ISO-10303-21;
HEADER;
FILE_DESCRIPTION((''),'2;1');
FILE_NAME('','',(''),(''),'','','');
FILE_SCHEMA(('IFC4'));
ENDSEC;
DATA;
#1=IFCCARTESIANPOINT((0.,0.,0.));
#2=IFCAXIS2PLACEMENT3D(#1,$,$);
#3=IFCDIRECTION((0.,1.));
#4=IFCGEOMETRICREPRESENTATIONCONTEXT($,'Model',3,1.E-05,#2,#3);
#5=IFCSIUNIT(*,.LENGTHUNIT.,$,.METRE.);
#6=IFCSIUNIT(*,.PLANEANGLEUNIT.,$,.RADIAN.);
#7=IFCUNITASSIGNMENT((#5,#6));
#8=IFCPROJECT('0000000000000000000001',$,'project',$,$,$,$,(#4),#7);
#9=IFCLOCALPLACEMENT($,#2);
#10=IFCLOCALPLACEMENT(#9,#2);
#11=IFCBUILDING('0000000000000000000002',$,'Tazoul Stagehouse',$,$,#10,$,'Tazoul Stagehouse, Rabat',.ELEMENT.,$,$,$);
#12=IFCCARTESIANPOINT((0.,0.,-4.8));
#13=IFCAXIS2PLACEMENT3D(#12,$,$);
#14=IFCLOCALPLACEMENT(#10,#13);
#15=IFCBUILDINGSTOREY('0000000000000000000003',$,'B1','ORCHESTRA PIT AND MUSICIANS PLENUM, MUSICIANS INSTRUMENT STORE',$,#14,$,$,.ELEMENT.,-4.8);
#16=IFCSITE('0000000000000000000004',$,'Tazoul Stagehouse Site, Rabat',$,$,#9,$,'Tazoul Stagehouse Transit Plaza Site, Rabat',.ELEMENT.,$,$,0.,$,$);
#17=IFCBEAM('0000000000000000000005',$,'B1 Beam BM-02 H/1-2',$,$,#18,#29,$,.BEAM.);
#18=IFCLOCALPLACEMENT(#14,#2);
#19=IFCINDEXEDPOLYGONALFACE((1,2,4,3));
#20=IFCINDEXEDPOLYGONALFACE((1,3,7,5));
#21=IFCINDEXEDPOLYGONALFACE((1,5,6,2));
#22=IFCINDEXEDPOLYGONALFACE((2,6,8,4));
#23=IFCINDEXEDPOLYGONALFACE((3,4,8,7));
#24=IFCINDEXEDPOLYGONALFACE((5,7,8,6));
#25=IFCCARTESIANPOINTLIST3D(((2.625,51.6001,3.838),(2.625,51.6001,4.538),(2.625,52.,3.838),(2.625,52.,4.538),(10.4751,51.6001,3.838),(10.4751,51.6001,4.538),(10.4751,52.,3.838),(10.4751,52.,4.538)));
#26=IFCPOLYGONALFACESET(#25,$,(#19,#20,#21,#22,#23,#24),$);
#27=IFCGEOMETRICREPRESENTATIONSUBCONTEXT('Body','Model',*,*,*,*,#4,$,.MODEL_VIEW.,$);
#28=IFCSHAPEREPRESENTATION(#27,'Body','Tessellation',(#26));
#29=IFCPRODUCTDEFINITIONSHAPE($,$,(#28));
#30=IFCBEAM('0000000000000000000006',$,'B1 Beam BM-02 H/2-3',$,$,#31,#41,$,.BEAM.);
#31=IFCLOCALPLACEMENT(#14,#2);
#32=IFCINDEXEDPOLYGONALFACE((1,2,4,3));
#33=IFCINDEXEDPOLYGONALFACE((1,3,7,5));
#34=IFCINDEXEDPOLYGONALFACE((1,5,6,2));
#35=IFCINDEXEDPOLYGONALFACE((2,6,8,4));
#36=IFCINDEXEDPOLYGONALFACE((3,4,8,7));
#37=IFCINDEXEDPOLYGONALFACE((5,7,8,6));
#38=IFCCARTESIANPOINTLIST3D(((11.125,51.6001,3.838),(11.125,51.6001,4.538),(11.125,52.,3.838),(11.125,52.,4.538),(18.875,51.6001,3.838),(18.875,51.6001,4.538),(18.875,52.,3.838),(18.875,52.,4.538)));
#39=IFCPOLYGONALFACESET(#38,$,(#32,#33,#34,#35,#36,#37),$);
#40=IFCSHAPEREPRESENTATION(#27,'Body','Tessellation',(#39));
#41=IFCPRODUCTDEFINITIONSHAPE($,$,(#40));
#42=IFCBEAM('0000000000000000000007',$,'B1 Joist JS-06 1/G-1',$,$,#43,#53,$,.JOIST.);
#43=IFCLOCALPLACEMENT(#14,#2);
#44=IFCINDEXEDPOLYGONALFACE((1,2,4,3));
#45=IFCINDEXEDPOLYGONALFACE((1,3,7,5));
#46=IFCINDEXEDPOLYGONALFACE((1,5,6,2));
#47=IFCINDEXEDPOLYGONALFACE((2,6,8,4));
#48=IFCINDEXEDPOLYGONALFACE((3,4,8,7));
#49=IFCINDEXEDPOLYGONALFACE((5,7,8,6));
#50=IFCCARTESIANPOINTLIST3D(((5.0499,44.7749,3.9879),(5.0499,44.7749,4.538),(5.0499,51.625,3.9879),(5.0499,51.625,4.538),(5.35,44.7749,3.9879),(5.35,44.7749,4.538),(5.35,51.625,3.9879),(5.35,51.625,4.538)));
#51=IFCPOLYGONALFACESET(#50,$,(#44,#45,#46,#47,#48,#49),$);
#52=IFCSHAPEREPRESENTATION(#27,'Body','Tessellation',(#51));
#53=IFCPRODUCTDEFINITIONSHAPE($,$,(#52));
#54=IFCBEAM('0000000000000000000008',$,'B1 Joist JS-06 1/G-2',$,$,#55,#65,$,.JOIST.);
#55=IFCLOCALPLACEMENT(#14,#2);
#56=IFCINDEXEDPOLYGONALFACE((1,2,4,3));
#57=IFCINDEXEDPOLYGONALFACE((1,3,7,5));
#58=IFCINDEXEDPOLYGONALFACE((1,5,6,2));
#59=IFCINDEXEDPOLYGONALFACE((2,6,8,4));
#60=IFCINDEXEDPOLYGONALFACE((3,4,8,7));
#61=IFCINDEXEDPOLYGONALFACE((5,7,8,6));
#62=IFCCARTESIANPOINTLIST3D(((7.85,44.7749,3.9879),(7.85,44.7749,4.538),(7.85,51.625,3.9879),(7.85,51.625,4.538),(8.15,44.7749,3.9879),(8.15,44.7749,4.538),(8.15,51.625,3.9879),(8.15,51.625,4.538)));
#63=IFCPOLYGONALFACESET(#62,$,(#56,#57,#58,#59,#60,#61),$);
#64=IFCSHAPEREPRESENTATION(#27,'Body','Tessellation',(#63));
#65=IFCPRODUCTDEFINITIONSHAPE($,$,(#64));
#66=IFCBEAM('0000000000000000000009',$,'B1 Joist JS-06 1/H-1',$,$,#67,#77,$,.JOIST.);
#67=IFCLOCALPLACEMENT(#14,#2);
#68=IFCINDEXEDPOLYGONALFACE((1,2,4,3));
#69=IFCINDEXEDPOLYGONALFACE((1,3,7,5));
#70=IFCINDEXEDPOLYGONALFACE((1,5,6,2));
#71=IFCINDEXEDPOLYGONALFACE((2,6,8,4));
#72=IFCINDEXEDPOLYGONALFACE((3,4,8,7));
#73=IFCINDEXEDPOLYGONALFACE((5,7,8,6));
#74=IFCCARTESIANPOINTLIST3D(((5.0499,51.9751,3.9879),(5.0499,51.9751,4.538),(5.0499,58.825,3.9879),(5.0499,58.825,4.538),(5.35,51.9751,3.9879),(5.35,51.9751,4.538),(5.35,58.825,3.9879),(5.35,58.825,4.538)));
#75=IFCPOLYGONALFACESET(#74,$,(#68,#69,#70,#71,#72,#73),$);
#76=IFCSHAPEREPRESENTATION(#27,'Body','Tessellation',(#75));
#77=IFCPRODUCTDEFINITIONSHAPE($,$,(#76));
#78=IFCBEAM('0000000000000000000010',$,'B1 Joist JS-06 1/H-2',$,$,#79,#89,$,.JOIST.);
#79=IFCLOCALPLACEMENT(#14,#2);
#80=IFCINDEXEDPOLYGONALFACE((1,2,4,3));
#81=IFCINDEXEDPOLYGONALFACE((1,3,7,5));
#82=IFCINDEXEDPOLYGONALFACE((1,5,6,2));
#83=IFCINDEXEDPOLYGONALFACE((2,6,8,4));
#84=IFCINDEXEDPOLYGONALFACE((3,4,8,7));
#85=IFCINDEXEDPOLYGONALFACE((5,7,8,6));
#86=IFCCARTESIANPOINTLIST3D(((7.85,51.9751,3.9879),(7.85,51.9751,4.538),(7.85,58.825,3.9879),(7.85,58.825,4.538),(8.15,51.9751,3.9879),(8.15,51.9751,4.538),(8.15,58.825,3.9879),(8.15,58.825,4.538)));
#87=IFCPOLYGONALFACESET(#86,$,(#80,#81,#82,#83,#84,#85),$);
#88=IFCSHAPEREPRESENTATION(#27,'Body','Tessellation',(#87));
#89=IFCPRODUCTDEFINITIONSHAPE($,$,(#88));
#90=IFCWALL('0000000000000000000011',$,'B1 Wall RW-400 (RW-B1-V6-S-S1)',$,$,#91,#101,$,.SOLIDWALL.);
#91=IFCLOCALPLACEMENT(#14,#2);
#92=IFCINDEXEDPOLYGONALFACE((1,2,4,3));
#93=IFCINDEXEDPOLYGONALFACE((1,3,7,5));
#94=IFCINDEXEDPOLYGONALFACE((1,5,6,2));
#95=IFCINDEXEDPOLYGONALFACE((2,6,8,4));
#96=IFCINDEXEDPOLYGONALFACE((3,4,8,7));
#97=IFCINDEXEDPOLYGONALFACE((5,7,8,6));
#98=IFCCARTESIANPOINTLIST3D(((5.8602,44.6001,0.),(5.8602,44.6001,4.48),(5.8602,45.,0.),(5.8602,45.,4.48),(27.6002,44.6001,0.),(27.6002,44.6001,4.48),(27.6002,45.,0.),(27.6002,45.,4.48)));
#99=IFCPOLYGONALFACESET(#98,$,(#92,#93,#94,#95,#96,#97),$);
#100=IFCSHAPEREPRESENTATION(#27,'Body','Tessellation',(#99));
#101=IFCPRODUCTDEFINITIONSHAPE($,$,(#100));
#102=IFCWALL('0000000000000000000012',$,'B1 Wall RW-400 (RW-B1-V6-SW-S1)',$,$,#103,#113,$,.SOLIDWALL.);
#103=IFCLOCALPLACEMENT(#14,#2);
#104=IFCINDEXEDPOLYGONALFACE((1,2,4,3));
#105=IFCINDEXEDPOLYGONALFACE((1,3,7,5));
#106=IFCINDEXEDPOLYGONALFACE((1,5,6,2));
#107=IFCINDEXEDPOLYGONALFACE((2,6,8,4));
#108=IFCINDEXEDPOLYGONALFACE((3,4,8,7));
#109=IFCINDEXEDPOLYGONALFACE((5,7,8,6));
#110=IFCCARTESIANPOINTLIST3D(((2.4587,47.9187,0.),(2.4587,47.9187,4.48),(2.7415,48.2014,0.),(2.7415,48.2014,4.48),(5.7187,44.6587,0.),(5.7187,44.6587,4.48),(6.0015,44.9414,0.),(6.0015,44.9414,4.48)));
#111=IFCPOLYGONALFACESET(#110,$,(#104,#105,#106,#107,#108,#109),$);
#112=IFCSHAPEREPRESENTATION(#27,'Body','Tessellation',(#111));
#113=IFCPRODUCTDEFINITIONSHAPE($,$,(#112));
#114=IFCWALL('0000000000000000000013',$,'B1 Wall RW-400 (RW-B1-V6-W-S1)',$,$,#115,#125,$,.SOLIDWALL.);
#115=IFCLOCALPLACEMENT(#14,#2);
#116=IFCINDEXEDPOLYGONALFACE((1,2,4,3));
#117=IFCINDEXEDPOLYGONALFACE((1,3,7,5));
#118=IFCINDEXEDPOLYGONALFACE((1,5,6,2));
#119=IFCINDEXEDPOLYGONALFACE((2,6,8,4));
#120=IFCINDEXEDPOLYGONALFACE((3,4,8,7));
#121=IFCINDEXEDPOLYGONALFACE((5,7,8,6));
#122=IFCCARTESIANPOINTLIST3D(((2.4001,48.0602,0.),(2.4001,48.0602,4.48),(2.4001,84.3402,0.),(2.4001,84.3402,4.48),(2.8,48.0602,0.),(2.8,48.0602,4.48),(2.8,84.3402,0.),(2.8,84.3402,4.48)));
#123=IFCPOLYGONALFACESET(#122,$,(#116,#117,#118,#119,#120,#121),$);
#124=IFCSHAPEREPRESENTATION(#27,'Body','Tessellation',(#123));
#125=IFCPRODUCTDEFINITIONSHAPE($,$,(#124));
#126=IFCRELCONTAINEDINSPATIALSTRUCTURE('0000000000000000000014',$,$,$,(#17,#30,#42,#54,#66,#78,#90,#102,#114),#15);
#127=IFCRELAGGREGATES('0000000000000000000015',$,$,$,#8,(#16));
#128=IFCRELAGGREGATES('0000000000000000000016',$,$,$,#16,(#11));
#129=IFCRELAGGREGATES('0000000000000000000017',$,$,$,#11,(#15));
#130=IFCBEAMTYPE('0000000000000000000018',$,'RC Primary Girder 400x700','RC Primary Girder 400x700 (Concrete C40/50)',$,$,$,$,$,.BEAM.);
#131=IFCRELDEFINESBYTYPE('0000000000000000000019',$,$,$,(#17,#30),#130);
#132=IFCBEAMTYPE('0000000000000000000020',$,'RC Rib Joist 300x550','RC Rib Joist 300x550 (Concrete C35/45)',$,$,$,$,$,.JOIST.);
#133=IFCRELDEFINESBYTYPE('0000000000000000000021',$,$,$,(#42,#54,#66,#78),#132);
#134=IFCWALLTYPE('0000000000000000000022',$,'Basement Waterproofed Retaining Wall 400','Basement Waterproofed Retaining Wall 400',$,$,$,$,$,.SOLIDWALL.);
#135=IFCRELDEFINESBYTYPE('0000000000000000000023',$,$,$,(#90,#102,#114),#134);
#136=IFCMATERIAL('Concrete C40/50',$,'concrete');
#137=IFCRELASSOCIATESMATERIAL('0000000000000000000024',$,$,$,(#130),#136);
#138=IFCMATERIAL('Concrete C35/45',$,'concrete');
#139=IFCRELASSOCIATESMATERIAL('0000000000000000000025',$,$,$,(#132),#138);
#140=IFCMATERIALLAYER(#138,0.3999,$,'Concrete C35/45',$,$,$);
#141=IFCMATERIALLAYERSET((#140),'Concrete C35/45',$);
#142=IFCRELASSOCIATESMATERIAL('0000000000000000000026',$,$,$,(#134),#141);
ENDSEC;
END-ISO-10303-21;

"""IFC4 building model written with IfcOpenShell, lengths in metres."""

from ifc_helpers import new_model, si_unit, direction, frame, frame_2d, origin, origin_2d, place, context, subcontext, project, spatial, rectangle, extrude, material, layer, layer_set, material_profile, profile_set, type_object, element, save


model = new_model("IFC4")

# Units and contexts
model_context = context("Model", 3, precision=1e-05, world=origin(), true_north=direction((0.0, 1.0)))
body_context = subcontext(model_context, "Body", "Model", "MODEL_VIEW")
ifc_project = project(units=[si_unit("LENGTHUNIT", "METRE"), si_unit("PLANEANGLEUNIT", "RADIAN")], contexts=[model_context])

# Site, building, storey
site_placement = place(None, origin())
site = spatial("IfcSite", under=ifc_project, at=site_placement, Name="Tazoul Stagehouse Site, Rabat", LongName="Tazoul Stagehouse Transit Plaza Site, Rabat", CompositionType="ELEMENT", RefElevation=0.0)
building_placement = place(site_placement, origin())
building = spatial("IfcBuilding", under=site, at=building_placement, Name="Tazoul Stagehouse", LongName="Tazoul Stagehouse, Rabat", CompositionType="ELEMENT")
storey_placement = place(building_placement, frame((0.0, 0.0, -4.8)))
storey = spatial("IfcBuildingStorey", under=building, at=storey_placement, Name="B1", Description="ORCHESTRA PIT AND MUSICIANS PLENUM, MUSICIANS INSTRUMENT STORE", CompositionType="ELEMENT", Elevation=-4.8)

# Shared definitions
ifc_material_1 = material(Name="Concrete C35/45", Category="concrete")

# Shared definitions
ifc_material_2 = material(Name="Concrete C40/50", Category="concrete")

# Beams
ifc_material_profile_1 = material_profile(ifc_material_2, rectangle(XDim=0.3999, YDim=0.7, at=origin_2d()), Name="RC 400x700")
ifc_profile_set_1 = profile_set([ifc_material_profile_1], Name="Concrete C40/50")
beam_type_1 = type_object("IfcBeamType", Name="RC Primary Girder 400x700", Description="RC Primary Girder 400x700 (Concrete C40/50)", PredefinedType="BEAM", material=ifc_profile_set_1)
beam_1_placement = place(storey_placement, frame((2.625, 51.8, 4.188), z_axis=(1.0, 0.0, 0.0), x_axis=(0.0, 1.0, 0.0)))
element("IfcBeam", 1, at=beam_1_placement, inside=storey, type_object=beam_type_1, Name="B1 Beam BM-02 H/1-2", PredefinedType="BEAM", context=body_context, shape_type="SweptSolid", body=[
    extrude(rectangle(XDim=0.3999, YDim=0.7, at=origin_2d()), origin(), (0.0, 0.0, 1.0), 7.8501),
])
beam_2_placement = place(storey_placement, frame((11.125, 51.8, 4.188), z_axis=(1.0, 0.0, 0.0), x_axis=(0.0, 1.0, 0.0)))
element("IfcBeam", 2, at=beam_2_placement, inside=storey, type_object=beam_type_1, Name="B1 Beam BM-02 H/2-3", PredefinedType="BEAM", context=body_context, shape_type="SweptSolid", body=[
    extrude(rectangle(XDim=0.3999, YDim=0.7, at=origin_2d()), origin(), (0.0, 0.0, 1.0), 7.75),
])
ifc_material_profile_2 = material_profile(ifc_material_1, rectangle(XDim=0.3, YDim=0.55, at=origin_2d()), Name="RC 300x550")
ifc_profile_set_2 = profile_set([ifc_material_profile_2], Name="Concrete C35/45")
beam_type_2 = type_object("IfcBeamType", Name="RC Rib Joist 300x550", Description="RC Rib Joist 300x550 (Concrete C35/45)", PredefinedType="JOIST", material=ifc_profile_set_2)
for number, where, z_axis, x_axis, name in (
    (3, (5.2, 44.7749, 4.2629), (0.0, 1.0, 0.0), (-1.0, 0.0, 0.0), "B1 Joist JS-06 1/G-1"),
    (4, (8.0, 44.7749, 4.2629), (0.0, 1.0, 0.0), (-1.0, 0.0, 0.0), "B1 Joist JS-06 1/G-2"),
):
    element("IfcBeam", number, at=place(storey_placement, frame(where, z_axis=z_axis, x_axis=x_axis)), inside=storey, type_object=beam_type_2, Name=name, PredefinedType="JOIST", context=body_context, shape_type="SweptSolid", body=[
        extrude(rectangle(XDim=0.3, YDim=0.55, at=origin_2d()), origin(), (0.0, 0.0, 1.0), 6.8501),
    ])
for number, where, z_axis, x_axis, name in (
    (5, (5.2, 51.9751, 4.2629), (0.0, 1.0, 0.0), (-1.0, 0.0, 0.0), "B1 Joist JS-06 1/H-1"),
    (6, (8.0, 51.9751, 4.2629), (0.0, 1.0, 0.0), (-1.0, 0.0, 0.0), "B1 Joist JS-06 1/H-2"),
):
    element("IfcBeam", number, at=place(storey_placement, frame(where, z_axis=z_axis, x_axis=x_axis)), inside=storey, type_object=beam_type_2, Name=name, PredefinedType="JOIST", context=body_context, shape_type="SweptSolid", body=[
        extrude(rectangle(XDim=0.3, YDim=0.55, at=origin_2d()), origin(), (0.0, 0.0, 1.0), 6.8499),
    ])

# Walls
ifc_layer = layer(ifc_material_1, 0.3999, Name="Concrete C35/45")
ifc_layer_set = layer_set([ifc_layer], Name="Concrete C35/45")
wall_type = type_object("IfcWallType", Name="Basement Waterproofed Retaining Wall 400", Description="Basement Waterproofed Retaining Wall 400", PredefinedType="SOLIDWALL", material=ifc_layer_set)
wall_1_placement = place(storey_placement, frame((5.8601, 44.8, 0.0), z_axis=(0.0, 0.0, 1.0), x_axis=(1.0, 0.0, 0.0)))
element("IfcWall", 7, at=wall_1_placement, inside=storey, type_object=wall_type, Name="B1 Wall RW-400 (RW-B1-V6-S-S1)", PredefinedType="SOLIDWALL", context=body_context, shape_type="SweptSolid", body=[
    extrude(rectangle(XDim=21.74, YDim=0.3999, at=frame_2d((10.8701, 0.0))), origin(), (0.0, 0.0, 1.0), 4.48),
])
wall_2_placement = place(storey_placement, frame((2.6001, 48.0601, 0.0), z_axis=(0.0, 0.0, 1.0), x_axis=(0.707107, -0.707107, 0.0)))
element("IfcWall", 8, at=wall_2_placement, inside=storey, type_object=wall_type, Name="B1 Wall RW-400 (RW-B1-V6-SW-S1)", PredefinedType="SOLIDWALL", context=body_context, shape_type="SweptSolid", body=[
    extrude(rectangle(XDim=4.6104, YDim=0.3999, at=frame_2d((2.3052, 0.0))), origin(), (0.0, 0.0, 1.0), 4.48),
])
wall_3_placement = place(storey_placement, frame((2.6001, 48.0601, 0.0), z_axis=(0.0, 0.0, 1.0), x_axis=(0.0, 1.0, 0.0)))
element("IfcWall", 9, at=wall_3_placement, inside=storey, type_object=wall_type, Name="B1 Wall RW-400 (RW-B1-V6-W-S1)", PredefinedType="SOLIDWALL", context=body_context, shape_type="SweptSolid", body=[
    extrude(rectangle(XDim=36.28, YDim=0.3999, at=frame_2d((18.1401, 0.0))), origin(), (0.0, 0.0, 1.0), 4.48),
])

save(model, "model.ifc")
